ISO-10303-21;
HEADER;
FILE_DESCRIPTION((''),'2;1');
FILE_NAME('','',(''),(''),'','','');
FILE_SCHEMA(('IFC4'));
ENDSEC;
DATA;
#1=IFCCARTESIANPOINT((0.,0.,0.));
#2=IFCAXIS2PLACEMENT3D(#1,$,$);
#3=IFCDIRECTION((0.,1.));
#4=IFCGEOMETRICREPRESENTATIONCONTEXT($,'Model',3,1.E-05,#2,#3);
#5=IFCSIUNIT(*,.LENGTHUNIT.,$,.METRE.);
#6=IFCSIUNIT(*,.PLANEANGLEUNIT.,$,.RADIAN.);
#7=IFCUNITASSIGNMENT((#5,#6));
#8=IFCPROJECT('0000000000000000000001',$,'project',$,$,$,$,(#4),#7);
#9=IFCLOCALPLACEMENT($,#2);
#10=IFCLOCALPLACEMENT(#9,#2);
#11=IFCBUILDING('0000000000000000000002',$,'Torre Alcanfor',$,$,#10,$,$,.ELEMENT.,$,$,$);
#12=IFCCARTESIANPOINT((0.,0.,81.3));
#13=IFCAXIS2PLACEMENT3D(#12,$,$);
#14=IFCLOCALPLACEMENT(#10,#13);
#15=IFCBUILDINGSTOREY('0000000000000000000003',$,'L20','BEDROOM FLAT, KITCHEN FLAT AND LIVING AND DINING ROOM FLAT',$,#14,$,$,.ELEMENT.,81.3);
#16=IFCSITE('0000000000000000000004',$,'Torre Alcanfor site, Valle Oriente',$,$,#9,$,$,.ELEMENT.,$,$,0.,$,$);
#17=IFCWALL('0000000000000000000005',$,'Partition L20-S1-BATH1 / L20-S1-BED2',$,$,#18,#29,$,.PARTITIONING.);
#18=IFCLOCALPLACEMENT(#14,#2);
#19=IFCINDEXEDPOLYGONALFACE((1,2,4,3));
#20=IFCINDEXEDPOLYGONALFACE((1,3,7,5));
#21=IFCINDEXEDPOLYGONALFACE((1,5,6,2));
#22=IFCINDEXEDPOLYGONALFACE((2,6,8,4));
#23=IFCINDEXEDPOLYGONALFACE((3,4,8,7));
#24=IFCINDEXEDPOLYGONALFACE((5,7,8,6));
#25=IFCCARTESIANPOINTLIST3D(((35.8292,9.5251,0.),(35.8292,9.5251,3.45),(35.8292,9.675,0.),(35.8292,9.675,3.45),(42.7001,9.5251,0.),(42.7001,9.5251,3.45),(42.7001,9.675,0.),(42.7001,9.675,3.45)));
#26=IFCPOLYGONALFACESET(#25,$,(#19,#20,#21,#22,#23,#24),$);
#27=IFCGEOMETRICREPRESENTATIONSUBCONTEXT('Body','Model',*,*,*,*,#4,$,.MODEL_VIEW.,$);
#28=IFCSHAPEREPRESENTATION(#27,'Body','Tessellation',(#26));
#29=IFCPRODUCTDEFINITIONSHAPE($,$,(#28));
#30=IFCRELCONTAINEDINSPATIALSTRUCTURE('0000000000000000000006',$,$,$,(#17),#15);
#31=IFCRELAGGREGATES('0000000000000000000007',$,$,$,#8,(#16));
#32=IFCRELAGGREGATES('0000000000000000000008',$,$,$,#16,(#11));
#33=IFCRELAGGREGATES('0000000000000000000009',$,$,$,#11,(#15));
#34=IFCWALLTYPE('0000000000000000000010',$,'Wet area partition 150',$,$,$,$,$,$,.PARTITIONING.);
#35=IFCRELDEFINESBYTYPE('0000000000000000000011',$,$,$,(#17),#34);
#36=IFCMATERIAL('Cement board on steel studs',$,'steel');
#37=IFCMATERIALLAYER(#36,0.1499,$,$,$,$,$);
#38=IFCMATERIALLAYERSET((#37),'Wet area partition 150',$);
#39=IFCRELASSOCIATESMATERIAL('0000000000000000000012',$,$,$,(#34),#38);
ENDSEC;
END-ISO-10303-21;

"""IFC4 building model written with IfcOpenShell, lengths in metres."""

from ifc_helpers import new_model, si_unit, direction, frame, frame_2d, origin, place, context, subcontext, project, spatial, rectangle, extrude, material, layer, layer_set, type_object, element, save


model = new_model("IFC4")

# Units and contexts
model_context = context("Model", 3, precision=1e-05, world=origin(), true_north=direction((0.0, 1.0)))
body_context = subcontext(model_context, "Body", "Model", "MODEL_VIEW")
ifc_project = project(units=[si_unit("LENGTHUNIT", "METRE"), si_unit("PLANEANGLEUNIT", "RADIAN")], contexts=[model_context])

# Site, building, storey
site_placement = place(None, origin())
site = spatial("IfcSite", under=ifc_project, at=site_placement, Name="Torre Alcanfor site, Valle Oriente", CompositionType="ELEMENT", RefElevation=0.0)
building_placement = place(site_placement, origin())
building = spatial("IfcBuilding", under=site, at=building_placement, Name="Torre Alcanfor", CompositionType="ELEMENT")
storey_placement = place(building_placement, frame((0.0, 0.0, 81.3)))
storey = spatial("IfcBuildingStorey", under=building, at=storey_placement, Name="L20", Description="BEDROOM FLAT, KITCHEN FLAT AND LIVING AND DINING ROOM FLAT", CompositionType="ELEMENT", Elevation=81.3)

# Shared definitions
ifc_material_1 = material(Name="Cement board on steel studs", Category="steel")
ifc_layer_1 = layer(ifc_material_1, 0.1499)
ifc_layer_set_1 = layer_set([ifc_layer_1], Name="Wet area partition 150")
wall_type_1 = type_object("IfcWallType", Name="Wet area partition 150", PredefinedType="PARTITIONING", material=ifc_layer_set_1)

# Wall
for number, where, z_axis, x_axis, name in (
    (1, (35.8291, 9.6001, 0.0), (0.0, 0.0, 1.0), (1.0, 0.0, 0.0), "Partition L20-S1-BATH1 / L20-S1-BED2"),
):
    element("IfcWall", number, at=place(storey_placement, frame(where, z_axis=z_axis, x_axis=x_axis)), inside=storey, type_object=wall_type_1, Name=name, PredefinedType="PARTITIONING", context=body_context, shape_type="SweptSolid", body=[
        extrude(rectangle(XDim=6.8708, YDim=0.1499, at=frame_2d((3.4355, 0.0))), origin(), (0.0, 0.0, 1.0), 3.45),
    ])

save(model, "model.ifc")
